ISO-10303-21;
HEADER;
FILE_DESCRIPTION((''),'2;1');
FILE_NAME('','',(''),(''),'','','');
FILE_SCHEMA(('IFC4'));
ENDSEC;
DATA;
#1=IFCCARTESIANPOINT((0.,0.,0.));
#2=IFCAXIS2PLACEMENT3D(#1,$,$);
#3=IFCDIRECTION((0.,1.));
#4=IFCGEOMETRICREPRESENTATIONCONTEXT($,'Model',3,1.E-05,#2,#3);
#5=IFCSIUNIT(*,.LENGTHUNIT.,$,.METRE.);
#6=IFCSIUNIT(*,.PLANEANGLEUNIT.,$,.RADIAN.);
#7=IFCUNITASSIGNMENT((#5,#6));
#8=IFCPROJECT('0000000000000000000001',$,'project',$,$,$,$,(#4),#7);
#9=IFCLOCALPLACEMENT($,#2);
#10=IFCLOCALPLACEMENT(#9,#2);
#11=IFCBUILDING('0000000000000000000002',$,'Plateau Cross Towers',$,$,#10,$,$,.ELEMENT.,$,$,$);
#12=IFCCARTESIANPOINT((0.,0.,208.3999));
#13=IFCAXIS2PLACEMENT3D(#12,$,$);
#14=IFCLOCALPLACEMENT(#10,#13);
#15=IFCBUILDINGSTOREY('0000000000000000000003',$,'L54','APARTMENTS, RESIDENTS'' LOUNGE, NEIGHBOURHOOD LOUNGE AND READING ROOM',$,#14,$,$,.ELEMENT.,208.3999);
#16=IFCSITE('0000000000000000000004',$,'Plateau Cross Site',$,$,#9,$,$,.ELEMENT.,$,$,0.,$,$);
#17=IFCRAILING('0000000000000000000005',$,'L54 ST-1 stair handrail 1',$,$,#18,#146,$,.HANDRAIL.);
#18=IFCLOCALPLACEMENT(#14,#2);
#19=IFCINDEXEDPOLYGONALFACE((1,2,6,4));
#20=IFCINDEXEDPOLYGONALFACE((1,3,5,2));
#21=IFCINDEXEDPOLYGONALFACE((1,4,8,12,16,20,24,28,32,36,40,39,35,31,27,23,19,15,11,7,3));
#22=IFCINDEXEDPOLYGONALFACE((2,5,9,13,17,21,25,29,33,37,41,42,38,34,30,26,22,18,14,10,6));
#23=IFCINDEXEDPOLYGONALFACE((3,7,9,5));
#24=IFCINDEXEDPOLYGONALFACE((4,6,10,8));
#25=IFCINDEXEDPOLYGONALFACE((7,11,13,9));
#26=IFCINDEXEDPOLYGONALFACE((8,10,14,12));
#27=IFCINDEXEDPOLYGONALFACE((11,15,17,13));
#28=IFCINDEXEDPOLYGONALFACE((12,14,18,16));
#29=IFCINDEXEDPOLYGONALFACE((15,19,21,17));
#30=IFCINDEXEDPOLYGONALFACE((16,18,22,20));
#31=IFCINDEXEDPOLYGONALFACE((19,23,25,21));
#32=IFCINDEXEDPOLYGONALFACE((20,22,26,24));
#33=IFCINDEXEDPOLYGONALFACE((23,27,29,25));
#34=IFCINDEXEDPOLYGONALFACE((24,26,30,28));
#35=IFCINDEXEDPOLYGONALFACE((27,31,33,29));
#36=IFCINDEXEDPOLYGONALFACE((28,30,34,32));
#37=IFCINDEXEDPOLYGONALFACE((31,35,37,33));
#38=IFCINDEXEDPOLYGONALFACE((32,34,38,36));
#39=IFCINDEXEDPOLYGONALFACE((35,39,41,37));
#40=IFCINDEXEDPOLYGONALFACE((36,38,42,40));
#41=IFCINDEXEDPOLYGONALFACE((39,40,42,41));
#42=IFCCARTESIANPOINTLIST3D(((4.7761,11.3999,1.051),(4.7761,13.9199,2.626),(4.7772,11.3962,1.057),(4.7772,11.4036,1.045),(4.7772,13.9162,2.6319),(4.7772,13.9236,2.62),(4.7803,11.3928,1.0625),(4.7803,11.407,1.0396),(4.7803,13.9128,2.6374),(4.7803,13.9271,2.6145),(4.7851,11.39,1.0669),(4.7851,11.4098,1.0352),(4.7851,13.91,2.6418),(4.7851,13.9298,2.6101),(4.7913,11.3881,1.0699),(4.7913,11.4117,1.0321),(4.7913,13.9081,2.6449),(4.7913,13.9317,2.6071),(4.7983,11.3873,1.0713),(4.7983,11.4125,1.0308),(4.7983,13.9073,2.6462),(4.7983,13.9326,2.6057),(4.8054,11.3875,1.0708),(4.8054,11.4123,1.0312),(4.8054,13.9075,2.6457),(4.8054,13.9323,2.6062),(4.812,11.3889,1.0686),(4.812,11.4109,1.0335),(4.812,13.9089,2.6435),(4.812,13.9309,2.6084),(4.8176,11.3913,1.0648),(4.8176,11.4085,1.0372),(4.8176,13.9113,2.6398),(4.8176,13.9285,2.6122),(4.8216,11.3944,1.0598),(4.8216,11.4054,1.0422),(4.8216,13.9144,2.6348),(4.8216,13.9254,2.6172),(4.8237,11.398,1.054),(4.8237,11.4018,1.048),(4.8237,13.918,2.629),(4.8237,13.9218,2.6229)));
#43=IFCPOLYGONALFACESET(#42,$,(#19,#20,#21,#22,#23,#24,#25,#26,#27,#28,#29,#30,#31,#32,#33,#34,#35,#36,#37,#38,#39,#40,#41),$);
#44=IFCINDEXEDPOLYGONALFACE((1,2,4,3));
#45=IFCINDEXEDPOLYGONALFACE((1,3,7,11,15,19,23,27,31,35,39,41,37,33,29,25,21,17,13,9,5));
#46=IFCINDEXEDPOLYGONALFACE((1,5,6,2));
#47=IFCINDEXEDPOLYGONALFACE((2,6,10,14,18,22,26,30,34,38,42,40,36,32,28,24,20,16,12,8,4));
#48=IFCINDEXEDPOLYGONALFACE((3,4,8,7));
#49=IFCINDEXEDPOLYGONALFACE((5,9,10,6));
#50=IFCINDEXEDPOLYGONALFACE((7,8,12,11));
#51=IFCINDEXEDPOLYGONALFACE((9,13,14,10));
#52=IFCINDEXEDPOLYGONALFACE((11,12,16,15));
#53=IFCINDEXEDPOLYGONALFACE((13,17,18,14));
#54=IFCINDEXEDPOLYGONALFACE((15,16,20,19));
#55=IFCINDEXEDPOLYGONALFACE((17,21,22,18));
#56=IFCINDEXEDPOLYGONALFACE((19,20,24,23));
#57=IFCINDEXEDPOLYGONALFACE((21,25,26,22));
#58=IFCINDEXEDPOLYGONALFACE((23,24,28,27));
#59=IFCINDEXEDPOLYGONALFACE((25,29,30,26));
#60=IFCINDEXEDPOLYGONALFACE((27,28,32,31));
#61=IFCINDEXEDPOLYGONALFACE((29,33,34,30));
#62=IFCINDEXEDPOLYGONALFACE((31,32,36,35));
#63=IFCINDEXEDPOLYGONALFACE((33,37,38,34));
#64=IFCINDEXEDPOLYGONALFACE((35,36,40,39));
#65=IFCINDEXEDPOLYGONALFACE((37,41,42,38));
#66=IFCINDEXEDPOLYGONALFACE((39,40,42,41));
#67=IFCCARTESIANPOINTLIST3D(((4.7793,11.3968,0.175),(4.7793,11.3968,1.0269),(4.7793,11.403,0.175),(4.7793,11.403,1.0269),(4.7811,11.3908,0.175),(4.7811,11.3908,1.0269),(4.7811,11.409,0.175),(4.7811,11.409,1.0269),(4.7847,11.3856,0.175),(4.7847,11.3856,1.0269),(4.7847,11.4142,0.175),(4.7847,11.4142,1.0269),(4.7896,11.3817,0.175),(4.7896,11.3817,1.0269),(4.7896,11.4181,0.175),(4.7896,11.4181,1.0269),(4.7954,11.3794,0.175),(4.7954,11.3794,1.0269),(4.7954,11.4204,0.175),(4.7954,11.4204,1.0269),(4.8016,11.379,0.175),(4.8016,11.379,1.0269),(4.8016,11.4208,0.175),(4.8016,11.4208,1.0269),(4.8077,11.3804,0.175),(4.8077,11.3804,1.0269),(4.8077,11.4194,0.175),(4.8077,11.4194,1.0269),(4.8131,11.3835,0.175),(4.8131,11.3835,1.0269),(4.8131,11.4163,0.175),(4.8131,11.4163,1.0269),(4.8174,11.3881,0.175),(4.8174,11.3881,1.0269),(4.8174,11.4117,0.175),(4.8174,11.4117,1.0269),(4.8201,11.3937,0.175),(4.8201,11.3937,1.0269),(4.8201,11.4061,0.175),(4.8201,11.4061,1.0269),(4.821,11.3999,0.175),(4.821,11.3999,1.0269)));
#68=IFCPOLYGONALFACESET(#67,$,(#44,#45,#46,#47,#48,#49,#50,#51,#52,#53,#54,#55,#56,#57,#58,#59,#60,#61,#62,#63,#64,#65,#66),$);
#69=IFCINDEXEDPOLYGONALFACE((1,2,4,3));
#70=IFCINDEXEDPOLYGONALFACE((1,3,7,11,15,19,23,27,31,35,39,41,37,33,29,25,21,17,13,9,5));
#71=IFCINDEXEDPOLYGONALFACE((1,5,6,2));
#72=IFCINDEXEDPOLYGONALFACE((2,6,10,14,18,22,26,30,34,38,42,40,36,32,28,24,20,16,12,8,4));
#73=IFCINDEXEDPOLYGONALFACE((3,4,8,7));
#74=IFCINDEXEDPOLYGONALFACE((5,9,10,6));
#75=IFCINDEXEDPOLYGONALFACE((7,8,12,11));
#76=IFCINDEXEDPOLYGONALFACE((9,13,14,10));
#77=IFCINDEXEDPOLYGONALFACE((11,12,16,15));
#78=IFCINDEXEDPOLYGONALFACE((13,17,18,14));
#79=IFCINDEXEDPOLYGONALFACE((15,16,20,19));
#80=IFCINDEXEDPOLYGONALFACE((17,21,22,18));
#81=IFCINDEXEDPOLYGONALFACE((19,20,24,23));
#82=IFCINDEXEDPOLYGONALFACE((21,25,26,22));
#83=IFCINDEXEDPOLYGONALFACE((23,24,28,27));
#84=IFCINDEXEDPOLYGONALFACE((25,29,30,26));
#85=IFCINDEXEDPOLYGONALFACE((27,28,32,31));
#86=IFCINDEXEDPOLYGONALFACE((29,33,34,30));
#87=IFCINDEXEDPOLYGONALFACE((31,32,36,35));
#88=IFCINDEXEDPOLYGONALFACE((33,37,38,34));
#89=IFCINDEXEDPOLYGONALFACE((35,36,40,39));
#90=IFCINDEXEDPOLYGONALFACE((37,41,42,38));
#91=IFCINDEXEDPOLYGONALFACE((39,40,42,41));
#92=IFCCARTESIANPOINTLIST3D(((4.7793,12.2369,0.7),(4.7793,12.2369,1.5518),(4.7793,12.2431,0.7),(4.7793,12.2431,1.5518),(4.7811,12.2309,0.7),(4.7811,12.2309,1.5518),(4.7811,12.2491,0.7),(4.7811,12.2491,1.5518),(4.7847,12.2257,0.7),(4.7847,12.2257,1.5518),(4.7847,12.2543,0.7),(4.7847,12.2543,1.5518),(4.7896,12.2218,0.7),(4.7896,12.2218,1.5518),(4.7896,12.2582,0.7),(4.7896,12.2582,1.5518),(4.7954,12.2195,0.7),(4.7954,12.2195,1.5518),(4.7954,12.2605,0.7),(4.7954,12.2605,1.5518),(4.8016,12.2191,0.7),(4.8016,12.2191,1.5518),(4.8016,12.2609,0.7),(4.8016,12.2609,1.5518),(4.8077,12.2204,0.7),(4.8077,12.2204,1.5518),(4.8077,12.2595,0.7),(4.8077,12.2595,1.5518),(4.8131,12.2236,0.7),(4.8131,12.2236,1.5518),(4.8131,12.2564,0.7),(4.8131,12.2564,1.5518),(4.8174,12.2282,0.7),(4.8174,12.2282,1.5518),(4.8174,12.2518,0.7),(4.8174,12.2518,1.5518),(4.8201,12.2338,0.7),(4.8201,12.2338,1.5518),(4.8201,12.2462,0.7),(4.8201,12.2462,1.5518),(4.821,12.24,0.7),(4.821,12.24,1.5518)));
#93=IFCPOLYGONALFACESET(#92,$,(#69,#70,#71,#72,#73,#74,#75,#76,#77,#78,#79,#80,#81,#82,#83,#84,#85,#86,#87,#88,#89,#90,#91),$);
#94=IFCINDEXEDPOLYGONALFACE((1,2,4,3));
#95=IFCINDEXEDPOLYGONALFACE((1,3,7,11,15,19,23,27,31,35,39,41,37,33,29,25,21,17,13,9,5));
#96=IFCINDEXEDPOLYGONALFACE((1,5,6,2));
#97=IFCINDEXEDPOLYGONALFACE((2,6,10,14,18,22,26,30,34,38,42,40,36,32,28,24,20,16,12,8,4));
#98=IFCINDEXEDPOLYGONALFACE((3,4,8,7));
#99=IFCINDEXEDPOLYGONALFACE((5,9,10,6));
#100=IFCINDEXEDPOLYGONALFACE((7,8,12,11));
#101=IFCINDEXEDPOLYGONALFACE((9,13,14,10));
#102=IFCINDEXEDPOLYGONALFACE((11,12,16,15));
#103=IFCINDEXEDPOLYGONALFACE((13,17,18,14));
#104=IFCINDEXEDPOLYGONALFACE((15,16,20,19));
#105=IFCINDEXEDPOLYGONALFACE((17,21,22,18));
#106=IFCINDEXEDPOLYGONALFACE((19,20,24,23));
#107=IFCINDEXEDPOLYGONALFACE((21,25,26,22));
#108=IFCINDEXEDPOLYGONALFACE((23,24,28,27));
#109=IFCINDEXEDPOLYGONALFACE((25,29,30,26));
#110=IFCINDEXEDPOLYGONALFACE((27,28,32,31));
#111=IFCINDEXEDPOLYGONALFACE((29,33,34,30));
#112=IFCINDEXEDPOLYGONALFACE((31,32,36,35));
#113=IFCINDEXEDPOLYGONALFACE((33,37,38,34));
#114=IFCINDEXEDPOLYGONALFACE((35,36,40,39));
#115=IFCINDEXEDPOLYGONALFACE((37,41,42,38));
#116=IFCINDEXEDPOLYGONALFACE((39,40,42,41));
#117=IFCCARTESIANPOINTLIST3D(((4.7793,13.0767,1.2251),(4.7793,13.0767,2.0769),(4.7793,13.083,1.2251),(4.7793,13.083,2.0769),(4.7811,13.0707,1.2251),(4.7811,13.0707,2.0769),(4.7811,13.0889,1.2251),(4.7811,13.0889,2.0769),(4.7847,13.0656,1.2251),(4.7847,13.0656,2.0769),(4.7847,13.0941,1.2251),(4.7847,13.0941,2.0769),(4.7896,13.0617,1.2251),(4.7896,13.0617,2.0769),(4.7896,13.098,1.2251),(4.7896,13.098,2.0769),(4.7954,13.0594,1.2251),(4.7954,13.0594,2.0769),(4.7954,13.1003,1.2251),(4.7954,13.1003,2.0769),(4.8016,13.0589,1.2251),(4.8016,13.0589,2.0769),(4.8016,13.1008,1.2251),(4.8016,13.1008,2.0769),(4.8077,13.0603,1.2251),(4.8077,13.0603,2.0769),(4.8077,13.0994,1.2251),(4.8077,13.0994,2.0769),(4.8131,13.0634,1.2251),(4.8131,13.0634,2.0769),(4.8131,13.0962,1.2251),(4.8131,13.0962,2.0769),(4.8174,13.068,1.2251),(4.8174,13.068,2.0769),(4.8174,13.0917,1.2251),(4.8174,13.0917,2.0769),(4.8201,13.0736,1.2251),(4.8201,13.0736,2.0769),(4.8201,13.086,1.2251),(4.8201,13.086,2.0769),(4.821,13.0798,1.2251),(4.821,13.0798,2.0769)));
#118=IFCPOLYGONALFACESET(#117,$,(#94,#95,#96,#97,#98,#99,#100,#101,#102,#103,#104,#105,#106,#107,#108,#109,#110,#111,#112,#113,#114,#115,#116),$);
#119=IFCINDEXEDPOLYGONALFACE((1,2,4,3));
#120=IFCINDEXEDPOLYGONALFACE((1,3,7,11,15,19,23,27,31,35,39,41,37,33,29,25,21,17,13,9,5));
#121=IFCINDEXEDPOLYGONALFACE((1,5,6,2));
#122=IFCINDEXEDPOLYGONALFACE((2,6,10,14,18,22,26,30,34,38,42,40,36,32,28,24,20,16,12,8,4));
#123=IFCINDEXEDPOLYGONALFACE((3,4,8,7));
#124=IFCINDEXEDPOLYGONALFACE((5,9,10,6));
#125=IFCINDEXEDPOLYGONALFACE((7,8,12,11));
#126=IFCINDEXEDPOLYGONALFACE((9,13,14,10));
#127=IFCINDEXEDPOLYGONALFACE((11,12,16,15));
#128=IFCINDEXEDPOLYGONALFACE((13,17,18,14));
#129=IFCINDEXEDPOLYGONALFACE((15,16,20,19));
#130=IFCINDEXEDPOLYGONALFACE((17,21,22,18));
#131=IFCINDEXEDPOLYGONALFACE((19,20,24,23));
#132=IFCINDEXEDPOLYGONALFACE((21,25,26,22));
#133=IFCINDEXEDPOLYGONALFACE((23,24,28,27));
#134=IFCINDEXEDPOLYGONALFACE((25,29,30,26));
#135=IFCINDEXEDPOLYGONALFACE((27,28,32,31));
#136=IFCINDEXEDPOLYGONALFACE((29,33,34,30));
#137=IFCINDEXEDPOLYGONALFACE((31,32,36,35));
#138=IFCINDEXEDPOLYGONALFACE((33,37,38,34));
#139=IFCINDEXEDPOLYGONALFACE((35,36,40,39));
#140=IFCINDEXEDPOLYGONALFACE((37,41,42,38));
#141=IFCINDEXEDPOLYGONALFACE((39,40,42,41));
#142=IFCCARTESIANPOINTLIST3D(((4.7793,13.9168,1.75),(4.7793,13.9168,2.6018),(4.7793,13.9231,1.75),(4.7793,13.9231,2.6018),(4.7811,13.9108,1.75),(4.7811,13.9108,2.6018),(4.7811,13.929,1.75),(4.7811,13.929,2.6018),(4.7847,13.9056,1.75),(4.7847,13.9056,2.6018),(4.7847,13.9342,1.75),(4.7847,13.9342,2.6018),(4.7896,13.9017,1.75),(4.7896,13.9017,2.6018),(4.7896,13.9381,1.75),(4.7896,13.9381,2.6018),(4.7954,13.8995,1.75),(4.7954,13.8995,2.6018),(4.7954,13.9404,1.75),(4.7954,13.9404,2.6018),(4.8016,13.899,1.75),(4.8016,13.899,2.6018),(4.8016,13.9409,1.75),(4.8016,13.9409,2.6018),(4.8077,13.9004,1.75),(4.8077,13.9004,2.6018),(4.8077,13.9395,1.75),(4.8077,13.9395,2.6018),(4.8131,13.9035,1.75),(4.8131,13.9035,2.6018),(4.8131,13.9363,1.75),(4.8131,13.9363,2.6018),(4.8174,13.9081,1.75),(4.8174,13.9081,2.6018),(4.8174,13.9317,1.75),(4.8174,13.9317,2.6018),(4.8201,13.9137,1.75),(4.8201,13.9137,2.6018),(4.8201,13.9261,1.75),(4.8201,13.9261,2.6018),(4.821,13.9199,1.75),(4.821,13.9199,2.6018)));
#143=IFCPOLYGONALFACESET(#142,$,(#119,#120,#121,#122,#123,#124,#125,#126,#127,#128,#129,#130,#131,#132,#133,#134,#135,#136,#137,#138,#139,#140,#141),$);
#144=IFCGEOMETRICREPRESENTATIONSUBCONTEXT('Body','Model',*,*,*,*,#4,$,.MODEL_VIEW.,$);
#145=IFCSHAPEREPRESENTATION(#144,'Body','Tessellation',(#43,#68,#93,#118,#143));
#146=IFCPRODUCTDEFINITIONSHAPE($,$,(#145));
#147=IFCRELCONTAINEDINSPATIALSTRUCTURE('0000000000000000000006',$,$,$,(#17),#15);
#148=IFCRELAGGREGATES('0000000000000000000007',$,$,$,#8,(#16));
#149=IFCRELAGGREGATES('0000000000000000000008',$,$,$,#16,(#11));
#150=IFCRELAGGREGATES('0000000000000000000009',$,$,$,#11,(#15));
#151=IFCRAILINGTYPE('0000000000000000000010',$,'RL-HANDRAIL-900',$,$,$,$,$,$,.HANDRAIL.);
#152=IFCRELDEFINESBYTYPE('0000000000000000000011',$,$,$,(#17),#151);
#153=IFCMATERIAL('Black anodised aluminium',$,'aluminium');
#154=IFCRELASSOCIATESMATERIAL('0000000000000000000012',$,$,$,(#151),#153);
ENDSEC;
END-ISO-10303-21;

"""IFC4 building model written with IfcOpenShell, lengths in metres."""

from ifc_helpers import new_model, si_unit, direction, frame, origin, origin_2d, place, context, subcontext, project, spatial, circle, extrude, material, type_object, element, save


model = new_model("IFC4")

# Units and contexts
model_context = context("Model", 3, precision=1e-05, world=origin(), true_north=direction((0.0, 1.0)))
body_context = subcontext(model_context, "Body", "Model", "MODEL_VIEW")
ifc_project = project(units=[si_unit("LENGTHUNIT", "METRE"), si_unit("PLANEANGLEUNIT", "RADIAN")], contexts=[model_context])

# Site, building, storey
site_placement = place(None, origin())
site = spatial("IfcSite", under=ifc_project, at=site_placement, Name="Plateau Cross Site", CompositionType="ELEMENT", RefElevation=0.0)
building_placement = place(site_placement, origin())
building = spatial("IfcBuilding", under=site, at=building_placement, Name="Plateau Cross Towers", CompositionType="ELEMENT")
storey_placement = place(building_placement, frame((0.0, 0.0, 208.3999)))
storey = spatial("IfcBuildingStorey", under=building, at=storey_placement, Name="L54", Description="APARTMENTS, RESIDENTS' LOUNGE, NEIGHBOURHOOD LOUNGE AND READING ROOM", CompositionType="ELEMENT", Elevation=208.3999)

# Shared definitions
ifc_material_1 = material(Name="Black anodised aluminium", Category="aluminium")

# Railing
railing_type_1 = type_object("IfcRailingType", Name="RL-HANDRAIL-900", PredefinedType="HANDRAIL", material=ifc_material_1)
railing_1_placement = place(storey_placement, frame((4.8, 11.3999, 0.175)))
element("IfcRailing", 1, at=railing_1_placement, inside=storey, type_object=railing_type_1, Name="L54 ST-1 stair handrail 1", PredefinedType="HANDRAIL", context=body_context, shape_type="SweptSolid", body=[
    extrude(circle(Radius=0.0239, at=origin_2d()), frame((0.0, 0.0, 0.876), z_axis=(0.0, 0.848008, 0.529984), x_axis=(-1.0, 0.0, 0.0)), (0.0, 0.0, 1.0), 2.9717),
    extrude(circle(Radius=0.021, at=origin_2d()), origin(), (0.0, 0.0, 1.0), 0.8518),
    extrude(circle(Radius=0.021, at=origin_2d()), frame((0.0, 0.8401, 0.5249)), (0.0, 0.0, 1.0), 0.8518),
    extrude(circle(Radius=0.021, at=origin_2d()), frame((0.0, 1.6799, 1.05)), (0.0, 0.0, 1.0), 0.8518),
    extrude(circle(Radius=0.021, at=origin_2d()), frame((0.0, 2.52, 1.575)), (0.0, 0.0, 1.0), 0.8518),
])

save(model, "model.ifc")
